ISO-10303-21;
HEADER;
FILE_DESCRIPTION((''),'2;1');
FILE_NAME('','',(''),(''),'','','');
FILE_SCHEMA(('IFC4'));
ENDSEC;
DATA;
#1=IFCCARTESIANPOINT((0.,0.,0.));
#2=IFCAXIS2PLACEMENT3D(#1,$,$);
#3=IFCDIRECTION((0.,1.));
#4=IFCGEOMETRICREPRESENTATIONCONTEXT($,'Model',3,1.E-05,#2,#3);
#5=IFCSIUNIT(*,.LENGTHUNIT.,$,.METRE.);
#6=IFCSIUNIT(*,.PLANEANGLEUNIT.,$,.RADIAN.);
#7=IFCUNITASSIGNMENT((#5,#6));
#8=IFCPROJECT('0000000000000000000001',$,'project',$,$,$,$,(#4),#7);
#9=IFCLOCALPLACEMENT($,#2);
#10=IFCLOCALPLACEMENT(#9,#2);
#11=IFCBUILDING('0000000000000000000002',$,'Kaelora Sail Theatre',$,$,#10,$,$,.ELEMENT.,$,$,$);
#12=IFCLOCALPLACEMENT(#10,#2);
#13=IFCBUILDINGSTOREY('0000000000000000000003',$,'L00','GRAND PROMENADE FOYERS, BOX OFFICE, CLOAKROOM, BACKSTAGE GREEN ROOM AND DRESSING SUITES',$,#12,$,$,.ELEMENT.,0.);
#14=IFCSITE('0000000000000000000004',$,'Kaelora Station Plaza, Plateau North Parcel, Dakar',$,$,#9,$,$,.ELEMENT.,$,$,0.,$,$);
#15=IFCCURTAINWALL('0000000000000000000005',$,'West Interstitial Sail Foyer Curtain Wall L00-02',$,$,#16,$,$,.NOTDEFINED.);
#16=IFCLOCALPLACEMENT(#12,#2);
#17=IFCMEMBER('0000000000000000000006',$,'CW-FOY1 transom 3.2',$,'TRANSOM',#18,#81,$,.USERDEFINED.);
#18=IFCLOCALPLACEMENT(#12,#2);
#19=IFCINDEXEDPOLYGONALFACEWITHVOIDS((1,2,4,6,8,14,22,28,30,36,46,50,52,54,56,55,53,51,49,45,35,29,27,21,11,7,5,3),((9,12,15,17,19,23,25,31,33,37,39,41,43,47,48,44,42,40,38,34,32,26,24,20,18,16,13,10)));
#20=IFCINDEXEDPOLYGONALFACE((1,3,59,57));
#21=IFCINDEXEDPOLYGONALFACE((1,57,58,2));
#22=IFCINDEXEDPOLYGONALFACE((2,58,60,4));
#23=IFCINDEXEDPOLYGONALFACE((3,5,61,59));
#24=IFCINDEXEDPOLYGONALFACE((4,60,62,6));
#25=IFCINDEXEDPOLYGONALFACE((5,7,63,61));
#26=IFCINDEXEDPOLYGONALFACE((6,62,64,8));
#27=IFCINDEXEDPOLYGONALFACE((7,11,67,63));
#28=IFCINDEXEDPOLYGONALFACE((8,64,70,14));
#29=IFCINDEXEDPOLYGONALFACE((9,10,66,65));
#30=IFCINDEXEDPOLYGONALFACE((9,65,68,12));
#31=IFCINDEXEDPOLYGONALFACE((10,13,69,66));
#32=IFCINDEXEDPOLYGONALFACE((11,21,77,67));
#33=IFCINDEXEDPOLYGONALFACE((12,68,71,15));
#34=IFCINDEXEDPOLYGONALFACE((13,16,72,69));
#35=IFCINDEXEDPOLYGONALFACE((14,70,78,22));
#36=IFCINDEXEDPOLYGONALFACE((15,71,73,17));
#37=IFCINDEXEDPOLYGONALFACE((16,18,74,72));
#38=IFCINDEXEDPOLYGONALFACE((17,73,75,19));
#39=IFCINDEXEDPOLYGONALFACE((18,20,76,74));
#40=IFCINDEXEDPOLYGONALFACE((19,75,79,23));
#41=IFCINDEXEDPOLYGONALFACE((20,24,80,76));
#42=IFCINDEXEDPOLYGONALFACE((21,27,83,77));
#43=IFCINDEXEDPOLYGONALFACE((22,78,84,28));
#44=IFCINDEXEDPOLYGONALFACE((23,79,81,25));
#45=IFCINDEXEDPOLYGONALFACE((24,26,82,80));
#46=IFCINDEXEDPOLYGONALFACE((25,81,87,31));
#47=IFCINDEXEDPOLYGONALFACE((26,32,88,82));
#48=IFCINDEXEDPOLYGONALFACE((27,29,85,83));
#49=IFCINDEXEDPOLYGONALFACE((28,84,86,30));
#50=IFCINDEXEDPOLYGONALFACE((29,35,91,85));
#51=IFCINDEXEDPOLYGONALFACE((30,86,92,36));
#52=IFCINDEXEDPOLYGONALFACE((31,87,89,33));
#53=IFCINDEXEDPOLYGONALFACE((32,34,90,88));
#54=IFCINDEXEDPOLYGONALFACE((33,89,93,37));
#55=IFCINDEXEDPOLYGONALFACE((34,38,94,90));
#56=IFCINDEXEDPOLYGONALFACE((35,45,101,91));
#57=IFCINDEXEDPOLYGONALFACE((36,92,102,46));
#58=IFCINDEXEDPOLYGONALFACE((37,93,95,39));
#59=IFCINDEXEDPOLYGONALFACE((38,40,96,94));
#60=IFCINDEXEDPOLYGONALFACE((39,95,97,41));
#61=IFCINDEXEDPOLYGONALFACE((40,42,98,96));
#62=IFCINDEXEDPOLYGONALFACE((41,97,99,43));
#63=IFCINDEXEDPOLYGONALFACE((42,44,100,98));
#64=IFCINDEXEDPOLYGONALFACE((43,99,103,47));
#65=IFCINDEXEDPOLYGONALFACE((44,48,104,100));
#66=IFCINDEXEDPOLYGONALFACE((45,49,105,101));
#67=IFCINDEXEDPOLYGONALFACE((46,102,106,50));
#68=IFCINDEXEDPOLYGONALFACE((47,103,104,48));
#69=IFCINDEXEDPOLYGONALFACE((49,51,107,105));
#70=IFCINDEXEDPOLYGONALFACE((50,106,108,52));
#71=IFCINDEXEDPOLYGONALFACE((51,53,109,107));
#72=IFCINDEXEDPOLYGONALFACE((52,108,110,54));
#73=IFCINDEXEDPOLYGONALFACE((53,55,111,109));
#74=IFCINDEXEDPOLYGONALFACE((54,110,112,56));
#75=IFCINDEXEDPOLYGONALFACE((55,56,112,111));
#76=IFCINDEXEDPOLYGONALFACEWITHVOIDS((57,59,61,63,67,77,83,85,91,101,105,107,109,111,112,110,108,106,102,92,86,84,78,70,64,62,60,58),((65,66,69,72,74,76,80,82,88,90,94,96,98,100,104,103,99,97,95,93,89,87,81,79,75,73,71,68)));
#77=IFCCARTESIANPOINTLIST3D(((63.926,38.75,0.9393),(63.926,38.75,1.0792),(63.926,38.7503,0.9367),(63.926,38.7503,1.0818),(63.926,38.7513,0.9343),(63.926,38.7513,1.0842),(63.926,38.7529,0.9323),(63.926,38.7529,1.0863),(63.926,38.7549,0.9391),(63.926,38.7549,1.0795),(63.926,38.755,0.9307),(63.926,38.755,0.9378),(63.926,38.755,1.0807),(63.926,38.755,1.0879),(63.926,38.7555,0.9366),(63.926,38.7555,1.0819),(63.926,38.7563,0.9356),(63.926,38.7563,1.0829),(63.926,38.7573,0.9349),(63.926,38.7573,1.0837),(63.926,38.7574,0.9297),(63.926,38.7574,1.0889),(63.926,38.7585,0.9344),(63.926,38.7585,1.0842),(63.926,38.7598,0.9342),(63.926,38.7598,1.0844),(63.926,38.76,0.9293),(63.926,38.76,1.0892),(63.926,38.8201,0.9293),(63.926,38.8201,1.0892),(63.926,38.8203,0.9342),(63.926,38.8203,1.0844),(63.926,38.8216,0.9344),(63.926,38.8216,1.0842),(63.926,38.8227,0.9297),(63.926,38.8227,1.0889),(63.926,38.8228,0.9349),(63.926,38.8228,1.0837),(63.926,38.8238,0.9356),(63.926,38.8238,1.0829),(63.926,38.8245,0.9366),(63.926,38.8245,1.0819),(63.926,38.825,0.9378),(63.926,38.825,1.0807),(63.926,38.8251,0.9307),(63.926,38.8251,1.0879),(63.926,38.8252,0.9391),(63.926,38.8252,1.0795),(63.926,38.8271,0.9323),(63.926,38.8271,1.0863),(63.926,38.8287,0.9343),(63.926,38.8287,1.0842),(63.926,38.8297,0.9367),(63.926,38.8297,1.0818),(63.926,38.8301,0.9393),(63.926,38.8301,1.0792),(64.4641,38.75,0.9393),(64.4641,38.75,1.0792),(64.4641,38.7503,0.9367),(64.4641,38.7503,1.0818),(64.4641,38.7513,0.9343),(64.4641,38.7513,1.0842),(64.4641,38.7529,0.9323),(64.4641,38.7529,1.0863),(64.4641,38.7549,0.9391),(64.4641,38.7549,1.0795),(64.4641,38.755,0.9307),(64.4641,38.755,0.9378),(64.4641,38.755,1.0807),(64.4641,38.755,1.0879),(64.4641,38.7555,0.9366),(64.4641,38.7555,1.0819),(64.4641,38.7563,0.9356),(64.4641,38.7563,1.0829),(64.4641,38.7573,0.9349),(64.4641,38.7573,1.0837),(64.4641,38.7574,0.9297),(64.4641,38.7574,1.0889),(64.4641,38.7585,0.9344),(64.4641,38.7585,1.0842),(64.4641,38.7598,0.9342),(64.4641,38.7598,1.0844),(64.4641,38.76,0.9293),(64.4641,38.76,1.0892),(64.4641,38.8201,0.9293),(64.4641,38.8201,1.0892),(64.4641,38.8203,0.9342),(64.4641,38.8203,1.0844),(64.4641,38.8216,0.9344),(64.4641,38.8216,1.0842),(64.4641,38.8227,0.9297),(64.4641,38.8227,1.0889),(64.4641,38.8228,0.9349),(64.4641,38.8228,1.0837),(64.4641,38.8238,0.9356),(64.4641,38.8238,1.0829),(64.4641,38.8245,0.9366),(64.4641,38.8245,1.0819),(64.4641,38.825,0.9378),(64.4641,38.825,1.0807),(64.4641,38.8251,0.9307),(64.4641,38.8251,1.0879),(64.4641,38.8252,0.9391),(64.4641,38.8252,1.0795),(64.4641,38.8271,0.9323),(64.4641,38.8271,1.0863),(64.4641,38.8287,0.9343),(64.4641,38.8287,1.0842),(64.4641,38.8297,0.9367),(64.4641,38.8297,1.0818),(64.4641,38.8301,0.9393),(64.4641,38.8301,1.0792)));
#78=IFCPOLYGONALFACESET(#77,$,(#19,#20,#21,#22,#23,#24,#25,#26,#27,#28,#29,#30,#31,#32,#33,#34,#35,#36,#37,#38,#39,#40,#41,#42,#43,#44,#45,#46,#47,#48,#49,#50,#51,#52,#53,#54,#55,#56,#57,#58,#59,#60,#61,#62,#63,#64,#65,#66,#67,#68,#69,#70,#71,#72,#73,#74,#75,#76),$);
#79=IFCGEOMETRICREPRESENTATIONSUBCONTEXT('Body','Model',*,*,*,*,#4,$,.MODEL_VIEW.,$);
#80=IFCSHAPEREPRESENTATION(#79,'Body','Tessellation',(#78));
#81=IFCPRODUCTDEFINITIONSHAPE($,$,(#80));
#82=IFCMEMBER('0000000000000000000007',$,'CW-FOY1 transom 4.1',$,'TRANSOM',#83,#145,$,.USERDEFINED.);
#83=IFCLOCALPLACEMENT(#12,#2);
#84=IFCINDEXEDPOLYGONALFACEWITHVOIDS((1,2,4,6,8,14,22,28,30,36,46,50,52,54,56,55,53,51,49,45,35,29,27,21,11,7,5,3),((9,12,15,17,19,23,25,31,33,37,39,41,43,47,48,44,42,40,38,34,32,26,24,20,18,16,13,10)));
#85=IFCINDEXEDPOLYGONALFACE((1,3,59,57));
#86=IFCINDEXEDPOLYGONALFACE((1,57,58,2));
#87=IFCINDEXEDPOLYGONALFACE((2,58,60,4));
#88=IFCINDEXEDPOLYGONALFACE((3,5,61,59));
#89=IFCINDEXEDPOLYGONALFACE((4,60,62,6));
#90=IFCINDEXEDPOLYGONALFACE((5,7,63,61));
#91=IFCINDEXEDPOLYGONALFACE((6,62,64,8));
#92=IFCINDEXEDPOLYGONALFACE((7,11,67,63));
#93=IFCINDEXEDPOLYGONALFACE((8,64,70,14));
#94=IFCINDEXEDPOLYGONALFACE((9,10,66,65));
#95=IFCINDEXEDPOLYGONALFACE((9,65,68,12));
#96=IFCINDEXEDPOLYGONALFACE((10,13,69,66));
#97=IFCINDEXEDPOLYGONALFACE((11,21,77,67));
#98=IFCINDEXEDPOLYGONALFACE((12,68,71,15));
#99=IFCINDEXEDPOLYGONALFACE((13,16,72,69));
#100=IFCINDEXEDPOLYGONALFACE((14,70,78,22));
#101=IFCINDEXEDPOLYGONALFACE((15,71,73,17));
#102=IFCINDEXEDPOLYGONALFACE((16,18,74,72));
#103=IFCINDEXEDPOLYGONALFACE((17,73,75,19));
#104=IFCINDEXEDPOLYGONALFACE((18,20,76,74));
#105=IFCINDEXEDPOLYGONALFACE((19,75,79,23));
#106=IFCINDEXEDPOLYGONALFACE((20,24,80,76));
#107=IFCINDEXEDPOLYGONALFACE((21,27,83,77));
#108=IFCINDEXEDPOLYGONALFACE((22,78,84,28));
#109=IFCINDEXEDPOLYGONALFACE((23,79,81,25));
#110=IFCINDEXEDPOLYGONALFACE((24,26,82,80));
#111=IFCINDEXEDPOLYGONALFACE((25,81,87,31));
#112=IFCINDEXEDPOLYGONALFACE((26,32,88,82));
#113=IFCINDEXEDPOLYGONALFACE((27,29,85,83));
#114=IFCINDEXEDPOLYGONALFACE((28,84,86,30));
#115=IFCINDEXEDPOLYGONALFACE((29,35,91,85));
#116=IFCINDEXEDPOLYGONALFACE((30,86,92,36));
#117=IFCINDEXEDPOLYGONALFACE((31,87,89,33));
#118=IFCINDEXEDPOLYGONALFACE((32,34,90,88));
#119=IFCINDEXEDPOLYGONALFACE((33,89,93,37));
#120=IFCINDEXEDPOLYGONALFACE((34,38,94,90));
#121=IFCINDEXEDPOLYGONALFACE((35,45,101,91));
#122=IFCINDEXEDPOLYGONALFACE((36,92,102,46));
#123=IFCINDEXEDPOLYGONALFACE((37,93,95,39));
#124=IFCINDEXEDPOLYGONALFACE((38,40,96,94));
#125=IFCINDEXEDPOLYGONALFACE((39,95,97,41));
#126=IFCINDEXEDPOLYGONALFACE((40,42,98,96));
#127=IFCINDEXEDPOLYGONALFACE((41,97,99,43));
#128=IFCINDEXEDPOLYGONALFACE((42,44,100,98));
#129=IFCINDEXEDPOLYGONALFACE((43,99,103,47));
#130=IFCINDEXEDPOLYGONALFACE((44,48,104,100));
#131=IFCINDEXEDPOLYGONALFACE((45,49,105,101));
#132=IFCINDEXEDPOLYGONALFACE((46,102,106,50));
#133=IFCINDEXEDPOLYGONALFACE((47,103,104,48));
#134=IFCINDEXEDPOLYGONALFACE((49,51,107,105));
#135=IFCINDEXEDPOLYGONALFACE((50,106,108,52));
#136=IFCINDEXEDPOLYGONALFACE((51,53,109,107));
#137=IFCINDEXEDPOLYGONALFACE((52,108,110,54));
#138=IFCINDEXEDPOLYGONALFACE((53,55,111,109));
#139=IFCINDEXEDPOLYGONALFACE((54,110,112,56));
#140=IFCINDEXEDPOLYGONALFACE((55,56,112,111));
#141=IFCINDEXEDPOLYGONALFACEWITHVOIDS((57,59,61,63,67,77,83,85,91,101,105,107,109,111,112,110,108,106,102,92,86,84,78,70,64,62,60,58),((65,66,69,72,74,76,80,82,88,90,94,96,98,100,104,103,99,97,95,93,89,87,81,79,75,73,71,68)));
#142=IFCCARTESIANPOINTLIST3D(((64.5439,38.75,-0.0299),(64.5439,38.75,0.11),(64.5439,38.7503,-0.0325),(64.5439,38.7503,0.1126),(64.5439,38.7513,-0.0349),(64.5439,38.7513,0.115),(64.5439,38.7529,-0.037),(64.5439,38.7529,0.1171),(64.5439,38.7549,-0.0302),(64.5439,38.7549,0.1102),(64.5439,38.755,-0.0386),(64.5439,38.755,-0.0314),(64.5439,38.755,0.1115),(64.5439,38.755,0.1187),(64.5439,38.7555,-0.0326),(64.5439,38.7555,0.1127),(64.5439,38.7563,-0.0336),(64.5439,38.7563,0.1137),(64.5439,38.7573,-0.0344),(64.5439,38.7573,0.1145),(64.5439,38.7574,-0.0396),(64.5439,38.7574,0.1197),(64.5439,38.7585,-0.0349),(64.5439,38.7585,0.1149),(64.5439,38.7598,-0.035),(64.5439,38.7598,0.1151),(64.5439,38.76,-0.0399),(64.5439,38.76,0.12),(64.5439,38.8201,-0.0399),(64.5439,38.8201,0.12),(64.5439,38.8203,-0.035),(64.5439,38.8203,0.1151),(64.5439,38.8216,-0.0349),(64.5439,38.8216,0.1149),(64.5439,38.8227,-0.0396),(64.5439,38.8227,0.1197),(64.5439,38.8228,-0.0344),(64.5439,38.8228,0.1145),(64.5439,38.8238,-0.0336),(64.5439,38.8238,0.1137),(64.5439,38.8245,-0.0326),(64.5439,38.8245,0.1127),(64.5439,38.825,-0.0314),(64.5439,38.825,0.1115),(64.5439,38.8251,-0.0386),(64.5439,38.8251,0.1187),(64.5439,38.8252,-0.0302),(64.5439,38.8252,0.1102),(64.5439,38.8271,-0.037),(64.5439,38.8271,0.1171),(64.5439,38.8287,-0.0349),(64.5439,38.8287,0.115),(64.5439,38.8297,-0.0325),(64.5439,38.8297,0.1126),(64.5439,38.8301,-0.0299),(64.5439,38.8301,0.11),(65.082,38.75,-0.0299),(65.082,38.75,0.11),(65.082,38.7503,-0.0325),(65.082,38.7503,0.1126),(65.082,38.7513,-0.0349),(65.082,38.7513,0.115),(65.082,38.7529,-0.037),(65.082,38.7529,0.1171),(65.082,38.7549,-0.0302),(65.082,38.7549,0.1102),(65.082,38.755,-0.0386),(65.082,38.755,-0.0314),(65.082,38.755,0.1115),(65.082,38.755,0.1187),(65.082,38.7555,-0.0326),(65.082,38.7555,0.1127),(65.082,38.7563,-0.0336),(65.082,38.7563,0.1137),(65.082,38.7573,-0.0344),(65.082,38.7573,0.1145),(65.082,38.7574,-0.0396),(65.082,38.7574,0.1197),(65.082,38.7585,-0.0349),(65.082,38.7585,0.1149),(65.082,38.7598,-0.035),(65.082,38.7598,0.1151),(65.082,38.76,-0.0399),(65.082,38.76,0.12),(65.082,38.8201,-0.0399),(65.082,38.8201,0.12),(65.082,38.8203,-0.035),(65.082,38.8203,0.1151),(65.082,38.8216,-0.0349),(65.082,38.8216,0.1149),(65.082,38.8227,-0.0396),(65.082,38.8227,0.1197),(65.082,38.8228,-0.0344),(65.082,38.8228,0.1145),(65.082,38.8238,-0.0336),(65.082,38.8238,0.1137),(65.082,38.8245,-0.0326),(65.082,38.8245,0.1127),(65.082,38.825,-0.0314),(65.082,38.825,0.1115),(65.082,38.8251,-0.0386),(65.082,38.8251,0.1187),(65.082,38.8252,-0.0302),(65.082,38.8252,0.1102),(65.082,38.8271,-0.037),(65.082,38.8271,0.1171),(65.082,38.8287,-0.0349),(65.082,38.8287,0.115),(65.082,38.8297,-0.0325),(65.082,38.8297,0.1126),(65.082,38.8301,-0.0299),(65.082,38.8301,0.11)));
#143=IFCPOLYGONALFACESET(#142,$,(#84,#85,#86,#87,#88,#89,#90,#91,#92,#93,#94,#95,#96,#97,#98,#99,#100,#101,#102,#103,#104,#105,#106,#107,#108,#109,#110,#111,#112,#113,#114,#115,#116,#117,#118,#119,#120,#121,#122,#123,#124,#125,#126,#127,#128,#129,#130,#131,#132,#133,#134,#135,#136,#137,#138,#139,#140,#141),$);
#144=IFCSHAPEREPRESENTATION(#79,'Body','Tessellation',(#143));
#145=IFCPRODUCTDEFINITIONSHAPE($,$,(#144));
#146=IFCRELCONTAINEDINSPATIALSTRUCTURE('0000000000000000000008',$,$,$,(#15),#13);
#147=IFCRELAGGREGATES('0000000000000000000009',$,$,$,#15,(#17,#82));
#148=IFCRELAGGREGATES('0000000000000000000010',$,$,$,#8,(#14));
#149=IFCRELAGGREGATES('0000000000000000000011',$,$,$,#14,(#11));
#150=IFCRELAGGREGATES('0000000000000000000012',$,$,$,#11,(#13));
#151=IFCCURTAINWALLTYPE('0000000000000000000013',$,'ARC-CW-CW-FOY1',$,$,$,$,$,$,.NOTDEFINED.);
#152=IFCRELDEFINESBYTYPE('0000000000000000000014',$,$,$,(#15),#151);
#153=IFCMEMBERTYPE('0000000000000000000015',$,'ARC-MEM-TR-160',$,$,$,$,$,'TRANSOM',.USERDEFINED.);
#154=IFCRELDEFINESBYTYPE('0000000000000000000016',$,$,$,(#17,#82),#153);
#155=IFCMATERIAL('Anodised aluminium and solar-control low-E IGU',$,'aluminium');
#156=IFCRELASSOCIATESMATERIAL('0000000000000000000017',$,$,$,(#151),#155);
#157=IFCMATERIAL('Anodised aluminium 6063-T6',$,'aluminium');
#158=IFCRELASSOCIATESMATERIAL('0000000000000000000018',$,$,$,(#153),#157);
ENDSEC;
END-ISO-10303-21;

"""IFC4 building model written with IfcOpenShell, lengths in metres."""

from ifc_helpers import new_model, si_unit, direction, frame, origin, origin_2d, place, context, subcontext, project, spatial, hollow_rectangle, extrude, material, material_profile, profile_set, type_object, element, aggregate, save


model = new_model("IFC4")

# Units and contexts
model_context = context("Model", 3, precision=1e-05, world=origin(), true_north=direction((0.0, 1.0)))
body_context = subcontext(model_context, "Body", "Model", "MODEL_VIEW")
ifc_project = project(units=[si_unit("LENGTHUNIT", "METRE"), si_unit("PLANEANGLEUNIT", "RADIAN")], contexts=[model_context])

# Site, building, storey
site_placement = place(None, origin())
site = spatial("IfcSite", under=ifc_project, at=site_placement, Name="Kaelora Station Plaza, Plateau North Parcel, Dakar", CompositionType="ELEMENT", RefElevation=0.0)
building_placement = place(site_placement, origin())
building = spatial("IfcBuilding", under=site, at=building_placement, Name="Kaelora Sail Theatre", CompositionType="ELEMENT")
storey_placement = place(building_placement, origin())
storey = spatial("IfcBuildingStorey", under=building, at=storey_placement, Name="L00", Description="GRAND PROMENADE FOYERS, BOX OFFICE, CLOAKROOM, BACKSTAGE GREEN ROOM AND DRESSING SUITES", CompositionType="ELEMENT", Elevation=0.0)

# Shared definitions
ifc_material_1 = material(Name="Anodised aluminium and solar-control low-E IGU", Category="aluminium")
curtain_wall_type = type_object("IfcCurtainWallType", Name="ARC-CW-CW-FOY1", PredefinedType="NOTDEFINED", material=ifc_material_1)

# Curtain wall, members
curtain_wall_1_placement = place(storey_placement, origin())
curtain_wall_1 = element("IfcCurtainWall", 1, at=curtain_wall_1_placement, inside=storey, type_object=curtain_wall_type, Name="West Interstitial Sail Foyer Curtain Wall L00-02", PredefinedType="NOTDEFINED")
ifc_material_2 = material(Name="Anodised aluminium 6063-T6", Category="aluminium")
ifc_material_profile_1 = material_profile(ifc_material_2, hollow_rectangle(XDim=0.0801, YDim=0.1599, WallThickness=0.0049, InnerFilletRadius=0.0049, OuterFilletRadius=0.01, at=origin_2d()), Name="ALU-TRAN 80x160x5")
ifc_profile_set_1 = profile_set([ifc_material_profile_1], Name="Anodised aluminium 6063-T6")
member_type_1 = type_object("IfcMemberType", Name="ARC-MEM-TR-160", ElementType="TRANSOM", PredefinedType="USERDEFINED", material=ifc_profile_set_1)
member_1_placement = place(storey_placement, frame((63.926, 38.79, 1.0093), z_axis=(1.0, 0.0, 0.0), x_axis=(0.0, 1.0, 0.0)))
member_1 = element("IfcMember", 2, at=member_1_placement, type_object=member_type_1, Name="CW-FOY1 transom 3.2", ObjectType="TRANSOM", PredefinedType="USERDEFINED", context=body_context, shape_type="SweptSolid", body=[
    extrude(hollow_rectangle(XDim=0.0801, YDim=0.1599, WallThickness=0.0049, InnerFilletRadius=0.0049, OuterFilletRadius=0.01, at=origin_2d()), origin(), (0.0, 0.0, 1.0), 0.5381),
])
member_2_placement = place(storey_placement, frame((64.5439, 38.79, 0.04), z_axis=(1.0, 0.0, 0.0), x_axis=(0.0, 1.0, 0.0)))
member_2 = element("IfcMember", 3, at=member_2_placement, type_object=member_type_1, Name="CW-FOY1 transom 4.1", ObjectType="TRANSOM", PredefinedType="USERDEFINED", context=body_context, shape_type="SweptSolid", body=[
    extrude(hollow_rectangle(XDim=0.0801, YDim=0.1599, WallThickness=0.0049, InnerFilletRadius=0.0049, OuterFilletRadius=0.01, at=origin_2d()), origin(), (0.0, 0.0, 1.0), 0.5381),
])
aggregate(curtain_wall_1, [member_1, member_2])

save(model, "model.ifc")
